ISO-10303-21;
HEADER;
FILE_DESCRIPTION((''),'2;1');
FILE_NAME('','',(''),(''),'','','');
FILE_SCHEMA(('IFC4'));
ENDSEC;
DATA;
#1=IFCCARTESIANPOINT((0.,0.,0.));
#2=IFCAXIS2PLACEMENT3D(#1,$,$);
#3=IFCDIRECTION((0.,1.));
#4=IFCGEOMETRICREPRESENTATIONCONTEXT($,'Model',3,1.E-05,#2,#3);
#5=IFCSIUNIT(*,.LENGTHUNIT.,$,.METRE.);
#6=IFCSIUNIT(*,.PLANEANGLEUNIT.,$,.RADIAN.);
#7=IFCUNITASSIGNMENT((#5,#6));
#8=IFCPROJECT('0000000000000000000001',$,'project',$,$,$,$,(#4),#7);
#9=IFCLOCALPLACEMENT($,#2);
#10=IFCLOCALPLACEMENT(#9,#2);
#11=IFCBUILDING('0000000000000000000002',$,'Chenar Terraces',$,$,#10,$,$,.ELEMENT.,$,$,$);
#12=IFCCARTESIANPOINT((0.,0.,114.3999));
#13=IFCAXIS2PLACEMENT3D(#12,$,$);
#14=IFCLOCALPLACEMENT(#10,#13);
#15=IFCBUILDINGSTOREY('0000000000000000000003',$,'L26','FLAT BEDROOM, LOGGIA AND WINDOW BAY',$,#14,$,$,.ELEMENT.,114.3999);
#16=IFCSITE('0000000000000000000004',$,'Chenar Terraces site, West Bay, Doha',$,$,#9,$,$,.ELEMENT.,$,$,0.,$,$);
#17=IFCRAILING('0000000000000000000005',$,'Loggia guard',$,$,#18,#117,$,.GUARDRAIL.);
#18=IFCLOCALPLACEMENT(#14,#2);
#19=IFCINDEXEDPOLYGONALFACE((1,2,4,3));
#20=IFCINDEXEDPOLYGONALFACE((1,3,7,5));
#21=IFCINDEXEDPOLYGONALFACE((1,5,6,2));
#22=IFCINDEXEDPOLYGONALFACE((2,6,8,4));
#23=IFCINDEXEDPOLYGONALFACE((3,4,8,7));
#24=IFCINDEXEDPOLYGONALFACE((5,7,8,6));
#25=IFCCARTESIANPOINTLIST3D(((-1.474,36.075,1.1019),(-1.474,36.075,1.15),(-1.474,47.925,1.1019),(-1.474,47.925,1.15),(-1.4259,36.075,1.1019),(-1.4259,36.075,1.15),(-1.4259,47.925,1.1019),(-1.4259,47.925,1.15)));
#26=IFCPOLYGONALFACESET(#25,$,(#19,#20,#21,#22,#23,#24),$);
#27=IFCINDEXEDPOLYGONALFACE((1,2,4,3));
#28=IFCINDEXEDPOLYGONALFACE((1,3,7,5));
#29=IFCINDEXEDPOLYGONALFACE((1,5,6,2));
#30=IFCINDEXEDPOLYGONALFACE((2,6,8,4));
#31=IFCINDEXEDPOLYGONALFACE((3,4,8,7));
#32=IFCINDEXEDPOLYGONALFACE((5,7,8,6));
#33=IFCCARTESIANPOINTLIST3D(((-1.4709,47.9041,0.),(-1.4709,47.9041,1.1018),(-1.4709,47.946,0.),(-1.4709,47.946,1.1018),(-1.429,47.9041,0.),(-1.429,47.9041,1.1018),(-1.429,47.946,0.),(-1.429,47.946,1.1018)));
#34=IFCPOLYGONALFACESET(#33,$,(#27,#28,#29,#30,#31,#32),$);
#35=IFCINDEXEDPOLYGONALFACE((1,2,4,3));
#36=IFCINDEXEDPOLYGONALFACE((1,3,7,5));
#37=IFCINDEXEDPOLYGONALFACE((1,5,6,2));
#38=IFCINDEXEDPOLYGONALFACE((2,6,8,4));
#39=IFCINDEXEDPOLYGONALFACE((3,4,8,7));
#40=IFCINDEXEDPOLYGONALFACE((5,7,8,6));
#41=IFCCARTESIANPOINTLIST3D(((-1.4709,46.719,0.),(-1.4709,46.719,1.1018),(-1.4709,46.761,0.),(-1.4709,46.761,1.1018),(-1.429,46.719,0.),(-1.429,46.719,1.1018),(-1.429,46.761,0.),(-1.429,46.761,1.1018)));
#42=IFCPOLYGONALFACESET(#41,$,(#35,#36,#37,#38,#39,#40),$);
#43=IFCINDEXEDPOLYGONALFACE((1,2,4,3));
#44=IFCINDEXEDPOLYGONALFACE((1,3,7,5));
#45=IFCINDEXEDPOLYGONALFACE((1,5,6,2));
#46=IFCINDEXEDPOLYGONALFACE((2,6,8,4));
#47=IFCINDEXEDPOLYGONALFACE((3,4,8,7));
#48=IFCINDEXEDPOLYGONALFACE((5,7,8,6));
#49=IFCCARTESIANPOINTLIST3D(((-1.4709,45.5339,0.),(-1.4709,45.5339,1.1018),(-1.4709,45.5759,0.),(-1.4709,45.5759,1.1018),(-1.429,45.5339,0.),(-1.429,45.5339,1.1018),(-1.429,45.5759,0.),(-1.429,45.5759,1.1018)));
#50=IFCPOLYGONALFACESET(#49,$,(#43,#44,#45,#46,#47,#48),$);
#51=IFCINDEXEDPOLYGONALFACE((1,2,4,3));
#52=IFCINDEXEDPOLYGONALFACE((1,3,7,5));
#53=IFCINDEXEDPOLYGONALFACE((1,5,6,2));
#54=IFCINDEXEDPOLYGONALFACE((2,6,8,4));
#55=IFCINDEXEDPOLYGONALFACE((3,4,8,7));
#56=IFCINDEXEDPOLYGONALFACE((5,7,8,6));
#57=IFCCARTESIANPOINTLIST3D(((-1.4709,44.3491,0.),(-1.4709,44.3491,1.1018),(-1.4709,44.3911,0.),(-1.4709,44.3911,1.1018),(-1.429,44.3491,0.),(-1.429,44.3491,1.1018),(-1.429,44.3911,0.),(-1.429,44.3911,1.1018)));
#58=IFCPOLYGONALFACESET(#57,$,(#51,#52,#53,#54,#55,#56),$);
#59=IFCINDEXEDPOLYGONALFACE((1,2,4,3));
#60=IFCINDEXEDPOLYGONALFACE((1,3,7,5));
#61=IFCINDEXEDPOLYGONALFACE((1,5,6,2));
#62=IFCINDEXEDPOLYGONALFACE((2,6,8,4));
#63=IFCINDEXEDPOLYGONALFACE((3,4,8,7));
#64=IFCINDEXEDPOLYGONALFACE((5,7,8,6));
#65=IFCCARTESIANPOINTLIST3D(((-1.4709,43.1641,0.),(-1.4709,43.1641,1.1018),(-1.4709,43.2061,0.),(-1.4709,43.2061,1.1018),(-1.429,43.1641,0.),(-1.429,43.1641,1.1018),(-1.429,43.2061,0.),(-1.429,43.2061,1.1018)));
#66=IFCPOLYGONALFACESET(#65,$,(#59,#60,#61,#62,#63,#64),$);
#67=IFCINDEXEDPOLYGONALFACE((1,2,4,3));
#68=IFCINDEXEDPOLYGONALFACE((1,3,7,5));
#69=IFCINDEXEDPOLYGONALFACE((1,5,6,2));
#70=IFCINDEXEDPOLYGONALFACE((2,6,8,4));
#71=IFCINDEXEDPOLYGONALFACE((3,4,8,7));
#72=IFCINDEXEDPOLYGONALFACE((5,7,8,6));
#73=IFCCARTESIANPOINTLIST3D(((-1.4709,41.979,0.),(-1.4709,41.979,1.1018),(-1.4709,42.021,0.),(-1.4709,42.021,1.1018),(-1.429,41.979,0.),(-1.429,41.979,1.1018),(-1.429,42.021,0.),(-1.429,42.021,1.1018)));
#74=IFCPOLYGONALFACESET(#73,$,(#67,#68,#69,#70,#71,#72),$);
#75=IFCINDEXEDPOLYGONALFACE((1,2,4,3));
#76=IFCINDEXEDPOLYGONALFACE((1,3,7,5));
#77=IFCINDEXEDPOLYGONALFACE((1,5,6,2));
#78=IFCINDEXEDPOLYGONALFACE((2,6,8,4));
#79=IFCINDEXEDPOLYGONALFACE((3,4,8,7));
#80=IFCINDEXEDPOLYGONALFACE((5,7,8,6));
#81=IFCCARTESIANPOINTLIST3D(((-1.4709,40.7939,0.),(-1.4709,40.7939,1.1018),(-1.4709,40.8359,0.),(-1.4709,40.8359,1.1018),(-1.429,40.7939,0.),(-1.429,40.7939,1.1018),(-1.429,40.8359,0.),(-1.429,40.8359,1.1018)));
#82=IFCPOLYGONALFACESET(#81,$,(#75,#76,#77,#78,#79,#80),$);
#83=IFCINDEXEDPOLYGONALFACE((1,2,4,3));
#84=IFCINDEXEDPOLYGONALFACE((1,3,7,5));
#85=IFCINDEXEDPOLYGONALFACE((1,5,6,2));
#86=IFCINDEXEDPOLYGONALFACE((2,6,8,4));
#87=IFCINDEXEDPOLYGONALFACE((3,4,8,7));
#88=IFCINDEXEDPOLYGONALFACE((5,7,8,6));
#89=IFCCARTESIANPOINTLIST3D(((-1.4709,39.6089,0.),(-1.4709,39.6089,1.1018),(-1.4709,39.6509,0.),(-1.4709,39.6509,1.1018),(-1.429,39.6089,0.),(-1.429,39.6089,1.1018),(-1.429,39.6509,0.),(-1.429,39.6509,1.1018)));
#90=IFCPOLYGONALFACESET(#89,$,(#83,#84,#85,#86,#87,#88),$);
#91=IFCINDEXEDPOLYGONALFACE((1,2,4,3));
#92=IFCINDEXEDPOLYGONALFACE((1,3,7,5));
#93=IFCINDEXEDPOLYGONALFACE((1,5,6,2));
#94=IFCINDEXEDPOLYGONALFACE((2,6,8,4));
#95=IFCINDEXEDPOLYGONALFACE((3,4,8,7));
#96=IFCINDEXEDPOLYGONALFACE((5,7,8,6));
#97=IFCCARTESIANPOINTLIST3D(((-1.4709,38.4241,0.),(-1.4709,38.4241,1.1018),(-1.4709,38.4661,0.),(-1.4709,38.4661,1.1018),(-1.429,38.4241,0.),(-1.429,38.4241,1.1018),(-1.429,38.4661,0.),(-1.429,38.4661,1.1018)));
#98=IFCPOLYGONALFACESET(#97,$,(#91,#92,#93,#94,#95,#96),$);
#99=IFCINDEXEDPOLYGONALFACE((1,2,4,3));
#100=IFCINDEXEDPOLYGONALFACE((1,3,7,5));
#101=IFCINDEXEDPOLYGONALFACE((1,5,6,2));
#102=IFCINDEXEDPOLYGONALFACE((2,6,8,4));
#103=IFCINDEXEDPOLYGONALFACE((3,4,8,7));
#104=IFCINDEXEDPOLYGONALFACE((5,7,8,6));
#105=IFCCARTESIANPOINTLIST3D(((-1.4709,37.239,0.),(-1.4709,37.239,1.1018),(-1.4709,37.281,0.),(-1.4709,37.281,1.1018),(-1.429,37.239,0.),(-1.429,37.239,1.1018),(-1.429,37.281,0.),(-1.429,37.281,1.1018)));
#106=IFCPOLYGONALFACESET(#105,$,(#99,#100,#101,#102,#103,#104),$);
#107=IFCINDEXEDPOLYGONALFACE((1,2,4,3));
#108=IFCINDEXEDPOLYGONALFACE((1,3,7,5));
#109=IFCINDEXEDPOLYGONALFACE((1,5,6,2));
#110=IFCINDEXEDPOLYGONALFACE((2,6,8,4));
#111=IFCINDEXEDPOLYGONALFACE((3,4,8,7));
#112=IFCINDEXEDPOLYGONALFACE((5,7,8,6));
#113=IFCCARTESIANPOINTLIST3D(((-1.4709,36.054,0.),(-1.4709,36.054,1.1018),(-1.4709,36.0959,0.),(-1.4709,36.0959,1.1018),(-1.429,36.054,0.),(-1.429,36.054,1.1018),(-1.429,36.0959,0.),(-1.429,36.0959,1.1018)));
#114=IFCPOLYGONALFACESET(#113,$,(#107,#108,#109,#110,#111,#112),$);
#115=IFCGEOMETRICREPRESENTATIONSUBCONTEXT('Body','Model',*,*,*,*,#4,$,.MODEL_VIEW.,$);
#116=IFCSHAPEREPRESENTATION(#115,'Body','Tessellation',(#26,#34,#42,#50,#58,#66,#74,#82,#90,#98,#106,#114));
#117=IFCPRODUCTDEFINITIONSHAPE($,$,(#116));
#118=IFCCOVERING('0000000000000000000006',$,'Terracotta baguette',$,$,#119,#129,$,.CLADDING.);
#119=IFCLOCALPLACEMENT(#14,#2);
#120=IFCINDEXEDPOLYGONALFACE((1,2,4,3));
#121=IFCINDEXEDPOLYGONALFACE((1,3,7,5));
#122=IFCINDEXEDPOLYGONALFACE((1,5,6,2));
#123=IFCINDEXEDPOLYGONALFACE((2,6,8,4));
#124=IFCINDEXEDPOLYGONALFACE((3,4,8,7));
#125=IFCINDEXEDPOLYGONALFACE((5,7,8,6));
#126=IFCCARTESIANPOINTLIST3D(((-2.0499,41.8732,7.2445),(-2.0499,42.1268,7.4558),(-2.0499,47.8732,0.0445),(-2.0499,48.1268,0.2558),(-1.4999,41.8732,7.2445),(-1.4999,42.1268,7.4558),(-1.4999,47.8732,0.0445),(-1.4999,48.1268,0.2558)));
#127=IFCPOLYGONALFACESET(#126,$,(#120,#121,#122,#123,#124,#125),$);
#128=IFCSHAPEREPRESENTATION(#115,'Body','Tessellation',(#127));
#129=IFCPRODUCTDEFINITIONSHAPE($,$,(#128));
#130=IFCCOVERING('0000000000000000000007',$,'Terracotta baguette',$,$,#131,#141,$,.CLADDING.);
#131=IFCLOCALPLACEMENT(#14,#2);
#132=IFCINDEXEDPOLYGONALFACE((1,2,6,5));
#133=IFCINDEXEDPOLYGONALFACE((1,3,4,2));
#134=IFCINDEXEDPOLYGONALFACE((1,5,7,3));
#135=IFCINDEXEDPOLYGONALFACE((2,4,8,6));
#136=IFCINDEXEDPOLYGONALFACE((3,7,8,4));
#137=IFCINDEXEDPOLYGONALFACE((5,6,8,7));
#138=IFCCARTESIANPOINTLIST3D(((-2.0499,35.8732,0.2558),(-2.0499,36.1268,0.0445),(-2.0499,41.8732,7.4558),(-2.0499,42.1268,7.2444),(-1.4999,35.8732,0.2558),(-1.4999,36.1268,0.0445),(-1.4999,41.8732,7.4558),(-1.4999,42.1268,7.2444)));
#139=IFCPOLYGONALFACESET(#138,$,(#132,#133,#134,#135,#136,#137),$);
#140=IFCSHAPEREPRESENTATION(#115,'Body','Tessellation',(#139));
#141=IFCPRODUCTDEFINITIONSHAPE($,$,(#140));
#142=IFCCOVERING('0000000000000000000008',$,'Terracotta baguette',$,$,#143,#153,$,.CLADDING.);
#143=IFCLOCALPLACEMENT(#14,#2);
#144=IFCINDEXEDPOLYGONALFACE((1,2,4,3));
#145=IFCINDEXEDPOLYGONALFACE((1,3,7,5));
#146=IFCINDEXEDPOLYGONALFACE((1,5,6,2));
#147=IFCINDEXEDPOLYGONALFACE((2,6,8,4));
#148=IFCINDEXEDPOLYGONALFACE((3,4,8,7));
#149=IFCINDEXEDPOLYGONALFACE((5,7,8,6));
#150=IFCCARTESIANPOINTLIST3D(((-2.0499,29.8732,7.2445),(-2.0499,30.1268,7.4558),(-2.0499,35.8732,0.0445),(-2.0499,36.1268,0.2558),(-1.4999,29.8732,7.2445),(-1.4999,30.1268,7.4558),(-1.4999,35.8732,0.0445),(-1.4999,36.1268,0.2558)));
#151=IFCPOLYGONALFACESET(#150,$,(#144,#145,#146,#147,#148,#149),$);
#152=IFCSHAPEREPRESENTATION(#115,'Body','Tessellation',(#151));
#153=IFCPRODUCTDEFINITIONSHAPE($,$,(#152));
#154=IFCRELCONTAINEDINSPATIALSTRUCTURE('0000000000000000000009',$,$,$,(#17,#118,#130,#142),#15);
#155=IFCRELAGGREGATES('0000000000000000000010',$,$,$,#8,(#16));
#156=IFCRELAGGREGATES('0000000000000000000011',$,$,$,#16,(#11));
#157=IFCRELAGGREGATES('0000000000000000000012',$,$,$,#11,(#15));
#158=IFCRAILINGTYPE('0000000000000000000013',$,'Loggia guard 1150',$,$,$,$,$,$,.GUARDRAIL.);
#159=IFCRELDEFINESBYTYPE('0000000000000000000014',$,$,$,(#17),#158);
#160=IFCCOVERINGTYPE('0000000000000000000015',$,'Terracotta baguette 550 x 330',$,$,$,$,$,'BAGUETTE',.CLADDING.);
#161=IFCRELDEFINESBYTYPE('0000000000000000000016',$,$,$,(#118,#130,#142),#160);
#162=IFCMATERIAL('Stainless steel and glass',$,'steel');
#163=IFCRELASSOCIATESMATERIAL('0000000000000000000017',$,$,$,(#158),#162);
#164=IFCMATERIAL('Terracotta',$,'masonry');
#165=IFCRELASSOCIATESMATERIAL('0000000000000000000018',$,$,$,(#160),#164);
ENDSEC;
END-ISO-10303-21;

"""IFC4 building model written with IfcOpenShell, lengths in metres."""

from ifc_helpers import new_model, si_unit, direction, frame, origin, origin_2d, place, context, subcontext, project, spatial, rectangle, extrude, material, material_profile, profile_set, type_object, element, save


model = new_model("IFC4")

# Units and contexts
model_context = context("Model", 3, precision=1e-05, world=origin(), true_north=direction((0.0, 1.0)))
body_context = subcontext(model_context, "Body", "Model", "MODEL_VIEW")
ifc_project = project(units=[si_unit("LENGTHUNIT", "METRE"), si_unit("PLANEANGLEUNIT", "RADIAN")], contexts=[model_context])

# Site, building, storey
site_placement = place(None, origin())
site = spatial("IfcSite", under=ifc_project, at=site_placement, Name="Chenar Terraces site, West Bay, Doha", CompositionType="ELEMENT", RefElevation=0.0)
building_placement = place(site_placement, origin())
building = spatial("IfcBuilding", under=site, at=building_placement, Name="Chenar Terraces", CompositionType="ELEMENT")
storey_placement = place(building_placement, frame((0.0, 0.0, 114.3999)))
storey = spatial("IfcBuildingStorey", under=building, at=storey_placement, Name="L26", Description="FLAT BEDROOM, LOGGIA AND WINDOW BAY", CompositionType="ELEMENT", Elevation=114.3999)

# Railing
ifc_material_1 = material(Name="Stainless steel and glass", Category="steel")
railing_type = type_object("IfcRailingType", Name="Loggia guard 1150", PredefinedType="GUARDRAIL", material=ifc_material_1)
railing_placement = place(storey_placement, frame((-1.45, 47.925, 0.0)))
element("IfcRailing", 1, at=railing_placement, inside=storey, type_object=railing_type, Name="Loggia guard", PredefinedType="GUARDRAIL", context=body_context, shape_type="SweptSolid", body=[
    extrude(rectangle(XDim=0.0481, YDim=0.0481, at=origin_2d()), frame((0.0, 0.0, 1.126), z_axis=(0.0, -1.0, 0.0), x_axis=(1.0, 0.0, 0.0)), (0.0, 0.0, 1.0), 11.8501),
    extrude(rectangle(XDim=0.042, YDim=0.042, at=origin_2d()), origin(), (0.0, 0.0, 1.0), 1.1018),
    extrude(rectangle(XDim=0.042, YDim=0.042, at=origin_2d()), frame((0.0, -1.1851, 0.0)), (0.0, 0.0, 1.0), 1.1018),
    extrude(rectangle(XDim=0.042, YDim=0.042, at=origin_2d()), frame((0.0, -2.3701, 0.0)), (0.0, 0.0, 1.0), 1.1018),
    extrude(rectangle(XDim=0.042, YDim=0.042, at=origin_2d()), frame((0.0, -3.5549, 0.0)), (0.0, 0.0, 1.0), 1.1018),
    extrude(rectangle(XDim=0.042, YDim=0.042, at=origin_2d()), frame((0.0, -4.74, 0.0)), (0.0, 0.0, 1.0), 1.1018),
    extrude(rectangle(XDim=0.042, YDim=0.042, at=origin_2d()), frame((0.0, -5.925, 0.0)), (0.0, 0.0, 1.0), 1.1018),
    extrude(rectangle(XDim=0.042, YDim=0.042, at=origin_2d()), frame((0.0, -7.1101, 0.0)), (0.0, 0.0, 1.0), 1.1018),
    extrude(rectangle(XDim=0.042, YDim=0.042, at=origin_2d()), frame((0.0, -8.2952, 0.0)), (0.0, 0.0, 1.0), 1.1018),
    extrude(rectangle(XDim=0.042, YDim=0.042, at=origin_2d()), frame((0.0, -9.48, 0.0)), (0.0, 0.0, 1.0), 1.1018),
    extrude(rectangle(XDim=0.042, YDim=0.042, at=origin_2d()), frame((0.0, -10.665, 0.0)), (0.0, 0.0, 1.0), 1.1018),
    extrude(rectangle(XDim=0.042, YDim=0.042, at=origin_2d()), frame((0.0, -11.8501, 0.0)), (0.0, 0.0, 1.0), 1.1018),
])

# Coverings
ifc_material_2 = material(Name="Terracotta", Category="masonry")
ifc_material_profile_1 = material_profile(ifc_material_2, rectangle(XDim=0.55, YDim=0.3301, at=origin_2d()), Name="Terracotta baguette 550 x 330")
ifc_profile_set_1 = profile_set([ifc_material_profile_1], Name="Terracotta")
covering_type = type_object("IfcCoveringType", Name="Terracotta baguette 550 x 330", ElementType="BAGUETTE", PredefinedType="CLADDING", material=ifc_profile_set_1)
for number, where, z_axis, x_axis, name in (
    (2, (-1.7749, 48.0, 0.1501), (0.0, -0.640187, 0.768219), (1.0, 0.0, 0.0), "Terracotta baguette"),
    (3, (-1.7749, 42.0, 7.3501), (0.0, -0.640187, -0.768219), (1.0, 0.0, 0.0), "Terracotta baguette"),
    (4, (-1.7749, 36.0, 0.1501), (0.0, -0.640187, 0.768219), (1.0, 0.0, 0.0), "Terracotta baguette"),
):
    element("IfcCovering", number, at=place(storey_placement, frame(where, z_axis=z_axis, x_axis=x_axis)), inside=storey, type_object=covering_type, Name=name, PredefinedType="CLADDING", context=body_context, shape_type="SweptSolid", body=[
        extrude(rectangle(XDim=0.55, YDim=0.3301, at=origin_2d()), origin(), (0.0, 0.0, 1.0), 9.3723),
    ])

save(model, "model.ifc")
